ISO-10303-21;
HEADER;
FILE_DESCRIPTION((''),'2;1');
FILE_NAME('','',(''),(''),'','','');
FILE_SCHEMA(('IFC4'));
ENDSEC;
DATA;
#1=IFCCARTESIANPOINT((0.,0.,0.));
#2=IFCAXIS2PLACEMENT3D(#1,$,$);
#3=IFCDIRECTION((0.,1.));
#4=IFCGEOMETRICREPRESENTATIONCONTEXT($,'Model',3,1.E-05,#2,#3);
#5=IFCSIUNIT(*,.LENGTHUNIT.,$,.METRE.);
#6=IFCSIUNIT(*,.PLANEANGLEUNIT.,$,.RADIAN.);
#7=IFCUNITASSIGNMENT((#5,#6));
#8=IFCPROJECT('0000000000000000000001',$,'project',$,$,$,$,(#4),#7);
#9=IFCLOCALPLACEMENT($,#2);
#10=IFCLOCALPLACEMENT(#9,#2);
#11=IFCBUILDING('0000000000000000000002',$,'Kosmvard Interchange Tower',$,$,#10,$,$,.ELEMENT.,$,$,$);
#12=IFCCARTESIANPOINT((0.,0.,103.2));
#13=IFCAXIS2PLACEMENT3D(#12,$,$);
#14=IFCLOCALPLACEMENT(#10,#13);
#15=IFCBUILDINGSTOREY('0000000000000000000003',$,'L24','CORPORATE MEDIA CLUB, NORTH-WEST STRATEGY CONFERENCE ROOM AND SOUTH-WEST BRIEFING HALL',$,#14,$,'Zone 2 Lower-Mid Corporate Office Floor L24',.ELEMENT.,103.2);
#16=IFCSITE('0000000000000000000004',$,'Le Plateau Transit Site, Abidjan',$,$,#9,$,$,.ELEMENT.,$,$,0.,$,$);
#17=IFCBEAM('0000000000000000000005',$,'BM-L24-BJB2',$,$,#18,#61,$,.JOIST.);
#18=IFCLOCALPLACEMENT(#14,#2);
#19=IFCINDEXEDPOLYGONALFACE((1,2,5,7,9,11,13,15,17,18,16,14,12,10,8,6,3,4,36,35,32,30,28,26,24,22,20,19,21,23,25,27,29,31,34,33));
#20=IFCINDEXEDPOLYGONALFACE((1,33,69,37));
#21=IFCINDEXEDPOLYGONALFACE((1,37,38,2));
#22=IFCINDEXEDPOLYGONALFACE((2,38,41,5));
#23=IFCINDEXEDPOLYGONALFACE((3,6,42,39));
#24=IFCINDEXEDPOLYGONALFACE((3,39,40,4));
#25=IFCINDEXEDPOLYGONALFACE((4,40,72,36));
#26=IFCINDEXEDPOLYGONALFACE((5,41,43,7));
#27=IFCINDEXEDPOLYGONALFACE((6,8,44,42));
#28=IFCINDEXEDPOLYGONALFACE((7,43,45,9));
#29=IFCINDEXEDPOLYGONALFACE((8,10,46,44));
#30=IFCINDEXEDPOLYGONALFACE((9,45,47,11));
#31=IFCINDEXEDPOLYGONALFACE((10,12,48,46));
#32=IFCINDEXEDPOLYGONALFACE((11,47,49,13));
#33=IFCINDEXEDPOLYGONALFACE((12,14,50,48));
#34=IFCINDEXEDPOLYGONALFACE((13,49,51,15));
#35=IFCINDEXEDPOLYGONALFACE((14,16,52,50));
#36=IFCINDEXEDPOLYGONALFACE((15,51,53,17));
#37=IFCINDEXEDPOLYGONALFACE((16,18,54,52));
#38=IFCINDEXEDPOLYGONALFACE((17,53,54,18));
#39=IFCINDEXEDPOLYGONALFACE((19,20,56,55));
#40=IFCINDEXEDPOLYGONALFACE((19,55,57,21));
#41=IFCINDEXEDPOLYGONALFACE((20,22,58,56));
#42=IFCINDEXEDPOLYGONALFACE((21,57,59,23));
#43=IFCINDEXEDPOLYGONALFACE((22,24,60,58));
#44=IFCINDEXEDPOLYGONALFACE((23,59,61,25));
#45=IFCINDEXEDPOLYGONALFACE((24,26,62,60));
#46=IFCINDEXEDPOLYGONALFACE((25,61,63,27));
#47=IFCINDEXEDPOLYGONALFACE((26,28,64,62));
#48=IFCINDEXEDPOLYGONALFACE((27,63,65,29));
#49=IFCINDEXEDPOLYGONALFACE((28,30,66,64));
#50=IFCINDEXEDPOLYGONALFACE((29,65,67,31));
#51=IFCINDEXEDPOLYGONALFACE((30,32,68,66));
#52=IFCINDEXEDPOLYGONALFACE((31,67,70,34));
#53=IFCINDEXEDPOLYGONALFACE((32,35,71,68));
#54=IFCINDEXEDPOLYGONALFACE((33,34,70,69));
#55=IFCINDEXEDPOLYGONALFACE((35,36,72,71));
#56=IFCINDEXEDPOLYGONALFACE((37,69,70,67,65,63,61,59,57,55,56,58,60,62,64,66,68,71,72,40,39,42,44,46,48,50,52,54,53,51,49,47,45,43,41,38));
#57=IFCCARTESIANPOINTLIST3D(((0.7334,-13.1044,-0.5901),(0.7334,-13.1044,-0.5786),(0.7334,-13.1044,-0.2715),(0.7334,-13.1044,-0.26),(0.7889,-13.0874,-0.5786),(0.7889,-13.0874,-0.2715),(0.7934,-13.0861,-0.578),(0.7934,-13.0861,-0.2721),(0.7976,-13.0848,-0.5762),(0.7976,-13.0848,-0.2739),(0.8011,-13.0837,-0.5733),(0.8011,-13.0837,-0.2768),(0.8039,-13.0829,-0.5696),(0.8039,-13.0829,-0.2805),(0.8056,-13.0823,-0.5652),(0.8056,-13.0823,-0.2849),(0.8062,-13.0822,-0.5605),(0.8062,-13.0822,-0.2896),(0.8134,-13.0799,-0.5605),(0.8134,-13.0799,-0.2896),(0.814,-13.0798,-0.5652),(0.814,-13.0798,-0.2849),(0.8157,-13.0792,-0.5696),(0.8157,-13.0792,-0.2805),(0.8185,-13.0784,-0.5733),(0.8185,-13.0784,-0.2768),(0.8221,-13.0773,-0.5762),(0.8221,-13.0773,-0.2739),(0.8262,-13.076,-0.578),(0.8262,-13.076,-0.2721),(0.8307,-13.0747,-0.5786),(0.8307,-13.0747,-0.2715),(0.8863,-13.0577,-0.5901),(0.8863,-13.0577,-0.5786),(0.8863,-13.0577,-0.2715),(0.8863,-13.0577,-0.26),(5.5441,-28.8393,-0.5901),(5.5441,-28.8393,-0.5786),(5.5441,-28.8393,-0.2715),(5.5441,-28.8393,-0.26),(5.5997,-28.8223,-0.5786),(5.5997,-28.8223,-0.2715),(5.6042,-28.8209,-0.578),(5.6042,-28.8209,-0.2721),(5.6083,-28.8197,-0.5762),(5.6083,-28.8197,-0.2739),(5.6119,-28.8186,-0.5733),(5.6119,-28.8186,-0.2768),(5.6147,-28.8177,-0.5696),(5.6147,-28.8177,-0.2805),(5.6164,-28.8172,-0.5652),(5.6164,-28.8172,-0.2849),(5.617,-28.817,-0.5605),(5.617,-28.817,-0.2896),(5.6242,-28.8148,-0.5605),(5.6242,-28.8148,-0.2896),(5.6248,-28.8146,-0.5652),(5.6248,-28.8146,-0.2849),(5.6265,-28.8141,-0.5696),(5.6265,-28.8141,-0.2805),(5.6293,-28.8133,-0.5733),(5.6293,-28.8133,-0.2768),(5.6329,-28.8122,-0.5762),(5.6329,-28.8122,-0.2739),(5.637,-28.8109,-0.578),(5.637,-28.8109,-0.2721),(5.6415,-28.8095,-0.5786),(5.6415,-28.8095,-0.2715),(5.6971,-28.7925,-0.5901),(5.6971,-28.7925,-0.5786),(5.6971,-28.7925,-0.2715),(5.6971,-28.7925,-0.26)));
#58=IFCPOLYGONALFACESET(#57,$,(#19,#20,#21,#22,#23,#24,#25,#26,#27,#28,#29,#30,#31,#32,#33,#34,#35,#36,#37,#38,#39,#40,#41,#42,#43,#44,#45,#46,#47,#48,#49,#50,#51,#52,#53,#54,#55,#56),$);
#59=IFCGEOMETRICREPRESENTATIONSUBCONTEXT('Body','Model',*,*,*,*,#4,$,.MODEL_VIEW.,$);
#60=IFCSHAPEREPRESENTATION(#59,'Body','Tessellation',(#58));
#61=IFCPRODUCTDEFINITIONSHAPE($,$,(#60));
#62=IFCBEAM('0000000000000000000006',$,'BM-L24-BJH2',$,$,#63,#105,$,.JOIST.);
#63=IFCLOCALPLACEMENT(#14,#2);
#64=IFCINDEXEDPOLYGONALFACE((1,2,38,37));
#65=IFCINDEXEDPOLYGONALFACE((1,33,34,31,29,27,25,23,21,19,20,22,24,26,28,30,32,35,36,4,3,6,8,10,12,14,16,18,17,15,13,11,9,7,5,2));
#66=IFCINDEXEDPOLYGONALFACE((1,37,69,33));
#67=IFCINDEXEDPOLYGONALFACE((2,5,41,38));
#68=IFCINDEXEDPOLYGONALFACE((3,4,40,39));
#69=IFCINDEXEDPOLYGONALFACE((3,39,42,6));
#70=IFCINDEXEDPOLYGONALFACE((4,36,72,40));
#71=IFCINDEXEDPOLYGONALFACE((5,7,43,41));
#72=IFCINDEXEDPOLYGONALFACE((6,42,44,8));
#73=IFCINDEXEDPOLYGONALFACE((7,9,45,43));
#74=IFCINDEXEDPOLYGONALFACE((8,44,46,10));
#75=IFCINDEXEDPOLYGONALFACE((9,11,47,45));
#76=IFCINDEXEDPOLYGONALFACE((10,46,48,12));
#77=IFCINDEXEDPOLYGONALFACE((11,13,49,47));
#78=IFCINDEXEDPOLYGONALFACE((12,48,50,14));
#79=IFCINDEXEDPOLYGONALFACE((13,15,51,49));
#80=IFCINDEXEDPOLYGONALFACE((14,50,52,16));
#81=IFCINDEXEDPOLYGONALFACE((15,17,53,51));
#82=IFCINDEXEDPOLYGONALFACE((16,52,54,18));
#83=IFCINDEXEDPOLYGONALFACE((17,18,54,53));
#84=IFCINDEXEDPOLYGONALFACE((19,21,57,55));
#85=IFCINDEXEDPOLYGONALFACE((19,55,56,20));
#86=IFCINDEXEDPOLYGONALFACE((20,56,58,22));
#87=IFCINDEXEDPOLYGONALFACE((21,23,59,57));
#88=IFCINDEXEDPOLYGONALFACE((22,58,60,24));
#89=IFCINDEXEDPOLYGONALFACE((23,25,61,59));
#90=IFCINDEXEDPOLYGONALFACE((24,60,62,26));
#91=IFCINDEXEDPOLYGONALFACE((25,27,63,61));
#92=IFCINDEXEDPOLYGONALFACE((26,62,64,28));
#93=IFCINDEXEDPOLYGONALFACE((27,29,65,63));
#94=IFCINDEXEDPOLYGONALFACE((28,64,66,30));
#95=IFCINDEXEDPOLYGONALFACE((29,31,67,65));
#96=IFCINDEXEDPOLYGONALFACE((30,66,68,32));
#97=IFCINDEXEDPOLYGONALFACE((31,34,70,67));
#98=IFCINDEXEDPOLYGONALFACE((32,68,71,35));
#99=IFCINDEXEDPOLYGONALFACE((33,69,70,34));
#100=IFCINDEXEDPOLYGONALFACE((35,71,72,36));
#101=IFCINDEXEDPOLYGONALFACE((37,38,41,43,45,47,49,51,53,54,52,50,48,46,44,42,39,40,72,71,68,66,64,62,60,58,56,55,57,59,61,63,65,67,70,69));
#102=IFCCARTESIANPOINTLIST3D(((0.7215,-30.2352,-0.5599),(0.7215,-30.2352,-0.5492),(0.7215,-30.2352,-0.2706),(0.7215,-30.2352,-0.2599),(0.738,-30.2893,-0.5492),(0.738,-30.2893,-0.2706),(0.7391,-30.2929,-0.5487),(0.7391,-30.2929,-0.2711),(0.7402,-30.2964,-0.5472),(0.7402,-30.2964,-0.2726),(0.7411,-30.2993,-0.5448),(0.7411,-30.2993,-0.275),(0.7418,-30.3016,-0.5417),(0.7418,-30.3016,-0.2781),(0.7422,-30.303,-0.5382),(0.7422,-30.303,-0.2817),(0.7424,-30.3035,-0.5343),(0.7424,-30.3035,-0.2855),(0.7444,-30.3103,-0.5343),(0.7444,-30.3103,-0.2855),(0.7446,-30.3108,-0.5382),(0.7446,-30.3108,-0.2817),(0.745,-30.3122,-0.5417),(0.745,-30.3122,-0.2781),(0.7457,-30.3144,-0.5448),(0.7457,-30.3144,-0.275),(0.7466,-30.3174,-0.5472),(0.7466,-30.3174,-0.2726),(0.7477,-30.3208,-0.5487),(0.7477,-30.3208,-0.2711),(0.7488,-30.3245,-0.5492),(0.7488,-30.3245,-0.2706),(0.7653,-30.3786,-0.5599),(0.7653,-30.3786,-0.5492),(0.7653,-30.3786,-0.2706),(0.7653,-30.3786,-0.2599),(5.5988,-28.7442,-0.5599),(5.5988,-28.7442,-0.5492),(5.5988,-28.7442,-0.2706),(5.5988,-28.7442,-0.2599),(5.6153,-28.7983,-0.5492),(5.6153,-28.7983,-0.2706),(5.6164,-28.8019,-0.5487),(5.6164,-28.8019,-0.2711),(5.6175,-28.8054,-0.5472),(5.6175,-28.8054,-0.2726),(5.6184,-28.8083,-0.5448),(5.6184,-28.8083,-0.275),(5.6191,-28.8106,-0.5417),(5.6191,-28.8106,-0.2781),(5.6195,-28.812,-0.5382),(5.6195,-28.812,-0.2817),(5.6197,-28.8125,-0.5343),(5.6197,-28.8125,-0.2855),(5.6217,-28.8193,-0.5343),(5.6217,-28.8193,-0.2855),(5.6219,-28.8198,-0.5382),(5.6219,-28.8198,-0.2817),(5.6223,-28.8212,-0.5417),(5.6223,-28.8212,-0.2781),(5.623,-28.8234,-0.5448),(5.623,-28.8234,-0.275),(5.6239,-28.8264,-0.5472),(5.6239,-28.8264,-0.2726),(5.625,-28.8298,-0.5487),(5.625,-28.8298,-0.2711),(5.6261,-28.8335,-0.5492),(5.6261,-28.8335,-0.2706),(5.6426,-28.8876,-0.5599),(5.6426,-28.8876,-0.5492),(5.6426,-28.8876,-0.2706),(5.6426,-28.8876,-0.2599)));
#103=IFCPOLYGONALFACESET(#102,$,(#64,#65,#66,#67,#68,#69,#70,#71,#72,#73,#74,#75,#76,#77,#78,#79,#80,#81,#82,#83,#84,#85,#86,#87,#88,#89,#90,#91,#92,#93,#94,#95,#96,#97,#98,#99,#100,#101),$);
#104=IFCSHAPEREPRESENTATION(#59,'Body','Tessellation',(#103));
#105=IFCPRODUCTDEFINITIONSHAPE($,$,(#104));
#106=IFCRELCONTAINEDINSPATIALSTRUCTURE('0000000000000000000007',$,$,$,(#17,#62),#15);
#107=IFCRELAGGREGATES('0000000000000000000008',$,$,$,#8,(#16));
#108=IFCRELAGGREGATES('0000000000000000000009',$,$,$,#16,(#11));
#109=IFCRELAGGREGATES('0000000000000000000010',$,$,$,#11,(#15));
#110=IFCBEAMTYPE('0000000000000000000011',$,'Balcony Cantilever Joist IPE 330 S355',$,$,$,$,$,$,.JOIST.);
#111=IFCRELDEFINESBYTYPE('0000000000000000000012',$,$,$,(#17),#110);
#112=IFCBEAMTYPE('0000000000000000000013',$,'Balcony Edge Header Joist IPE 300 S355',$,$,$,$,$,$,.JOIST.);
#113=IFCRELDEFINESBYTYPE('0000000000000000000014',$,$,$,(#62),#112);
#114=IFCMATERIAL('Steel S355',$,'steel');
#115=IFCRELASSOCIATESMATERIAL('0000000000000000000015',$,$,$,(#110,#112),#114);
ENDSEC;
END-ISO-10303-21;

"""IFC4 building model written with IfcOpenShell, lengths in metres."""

from ifc_helpers import new_model, si_unit, direction, frame, origin, origin_2d, place, context, subcontext, project, spatial, i_section, extrude, source, transform, mapped, material, material_profile, profile_set, type_object, element, save


model = new_model("IFC4")

# Units and contexts
model_context = context("Model", 3, precision=1e-05, world=origin(), true_north=direction((0.0, 1.0)))
body_context = subcontext(model_context, "Body", "Model", "MODEL_VIEW")
ifc_project = project(units=[si_unit("LENGTHUNIT", "METRE"), si_unit("PLANEANGLEUNIT", "RADIAN")], contexts=[model_context])

# Site, building, storey
site_placement = place(None, origin())
site = spatial("IfcSite", under=ifc_project, at=site_placement, Name="Le Plateau Transit Site, Abidjan", CompositionType="ELEMENT", RefElevation=0.0)
building_placement = place(site_placement, origin())
building = spatial("IfcBuilding", under=site, at=building_placement, Name="Kosmvard Interchange Tower", CompositionType="ELEMENT")
storey_placement = place(building_placement, frame((0.0, 0.0, 103.2)))
storey = spatial("IfcBuildingStorey", under=building, at=storey_placement, Name="L24", Description="CORPORATE MEDIA CLUB, NORTH-WEST STRATEGY CONFERENCE ROOM AND SOUTH-WEST BRIEFING HALL", LongName="Zone 2 Lower-Mid Corporate Office Floor L24", CompositionType="ELEMENT", Elevation=103.2)

# Beams
ifc_material_1 = material(Name="Steel S355", Category="steel")
ifc_material_profile_1 = material_profile(ifc_material_1, i_section(OverallWidth=0.1599, OverallDepth=0.3301, WebThickness=0.0076, FlangeThickness=0.0115, FilletRadius=0.0181, at=origin_2d()), Name="IPE 330")
ifc_profile_set_1 = profile_set([ifc_material_profile_1], Name="Steel S355")
beam_type_1 = type_object("IfcBeamType", Name="Balcony Cantilever Joist IPE 330 S355", PredefinedType="JOIST", material=ifc_profile_set_1)
shared_shape_1 = source(origin(), body_context, "Body", "SweptSolid", [
    extrude(i_section(OverallWidth=0.1599, OverallDepth=0.3301, WebThickness=0.0076, FlangeThickness=0.0115, FilletRadius=0.0181, at=origin_2d()), origin(), (0.0, 0.0, 1.0), 16.4539),
])
beam_1_placement = place(storey_placement, frame((0.8098, -13.0811, -0.425), z_axis=(0.292381, -0.956302, 0.0), x_axis=(0.956302, 0.292381, 0.0)))
element("IfcBeam", 1, at=beam_1_placement, inside=storey, type_object=beam_type_1, Name="BM-L24-BJB2", PredefinedType="JOIST", context=body_context, shape_type="MappedRepresentation", body=[
    mapped(shared_shape_1, transform((0.0, 0.0, 0.0), scale=1.0)),
])
ifc_material_profile_2 = material_profile(ifc_material_1, i_section(OverallWidth=0.1499, OverallDepth=0.3, WebThickness=0.0071, FlangeThickness=0.0107, FilletRadius=0.0149, at=origin_2d()), Name="IPE 300")
ifc_profile_set_2 = profile_set([ifc_material_profile_2], Name="Steel S355")
beam_type_2 = type_object("IfcBeamType", Name="Balcony Edge Header Joist IPE 300 S355", PredefinedType="JOIST", material=ifc_profile_set_2)
shared_shape_2 = source(origin(), body_context, "Body", "SweptSolid", [
    extrude(i_section(OverallWidth=0.1499, OverallDepth=0.3, WebThickness=0.0071, FlangeThickness=0.0107, FilletRadius=0.0149, at=origin_2d()), origin(), (0.0, 0.0, 1.0), 5.1001),
])
beam_2_placement = place(storey_placement, frame((0.7434, -30.3069, -0.4099), z_axis=(0.956313, 0.292346, 0.0), x_axis=(-0.292346, 0.956313, 0.0)))
element("IfcBeam", 2, at=beam_2_placement, inside=storey, type_object=beam_type_2, Name="BM-L24-BJH2", PredefinedType="JOIST", context=body_context, shape_type="MappedRepresentation", body=[
    mapped(shared_shape_2, transform((0.0, 0.0, 0.0), scale=1.0)),
])

save(model, "model.ifc")
